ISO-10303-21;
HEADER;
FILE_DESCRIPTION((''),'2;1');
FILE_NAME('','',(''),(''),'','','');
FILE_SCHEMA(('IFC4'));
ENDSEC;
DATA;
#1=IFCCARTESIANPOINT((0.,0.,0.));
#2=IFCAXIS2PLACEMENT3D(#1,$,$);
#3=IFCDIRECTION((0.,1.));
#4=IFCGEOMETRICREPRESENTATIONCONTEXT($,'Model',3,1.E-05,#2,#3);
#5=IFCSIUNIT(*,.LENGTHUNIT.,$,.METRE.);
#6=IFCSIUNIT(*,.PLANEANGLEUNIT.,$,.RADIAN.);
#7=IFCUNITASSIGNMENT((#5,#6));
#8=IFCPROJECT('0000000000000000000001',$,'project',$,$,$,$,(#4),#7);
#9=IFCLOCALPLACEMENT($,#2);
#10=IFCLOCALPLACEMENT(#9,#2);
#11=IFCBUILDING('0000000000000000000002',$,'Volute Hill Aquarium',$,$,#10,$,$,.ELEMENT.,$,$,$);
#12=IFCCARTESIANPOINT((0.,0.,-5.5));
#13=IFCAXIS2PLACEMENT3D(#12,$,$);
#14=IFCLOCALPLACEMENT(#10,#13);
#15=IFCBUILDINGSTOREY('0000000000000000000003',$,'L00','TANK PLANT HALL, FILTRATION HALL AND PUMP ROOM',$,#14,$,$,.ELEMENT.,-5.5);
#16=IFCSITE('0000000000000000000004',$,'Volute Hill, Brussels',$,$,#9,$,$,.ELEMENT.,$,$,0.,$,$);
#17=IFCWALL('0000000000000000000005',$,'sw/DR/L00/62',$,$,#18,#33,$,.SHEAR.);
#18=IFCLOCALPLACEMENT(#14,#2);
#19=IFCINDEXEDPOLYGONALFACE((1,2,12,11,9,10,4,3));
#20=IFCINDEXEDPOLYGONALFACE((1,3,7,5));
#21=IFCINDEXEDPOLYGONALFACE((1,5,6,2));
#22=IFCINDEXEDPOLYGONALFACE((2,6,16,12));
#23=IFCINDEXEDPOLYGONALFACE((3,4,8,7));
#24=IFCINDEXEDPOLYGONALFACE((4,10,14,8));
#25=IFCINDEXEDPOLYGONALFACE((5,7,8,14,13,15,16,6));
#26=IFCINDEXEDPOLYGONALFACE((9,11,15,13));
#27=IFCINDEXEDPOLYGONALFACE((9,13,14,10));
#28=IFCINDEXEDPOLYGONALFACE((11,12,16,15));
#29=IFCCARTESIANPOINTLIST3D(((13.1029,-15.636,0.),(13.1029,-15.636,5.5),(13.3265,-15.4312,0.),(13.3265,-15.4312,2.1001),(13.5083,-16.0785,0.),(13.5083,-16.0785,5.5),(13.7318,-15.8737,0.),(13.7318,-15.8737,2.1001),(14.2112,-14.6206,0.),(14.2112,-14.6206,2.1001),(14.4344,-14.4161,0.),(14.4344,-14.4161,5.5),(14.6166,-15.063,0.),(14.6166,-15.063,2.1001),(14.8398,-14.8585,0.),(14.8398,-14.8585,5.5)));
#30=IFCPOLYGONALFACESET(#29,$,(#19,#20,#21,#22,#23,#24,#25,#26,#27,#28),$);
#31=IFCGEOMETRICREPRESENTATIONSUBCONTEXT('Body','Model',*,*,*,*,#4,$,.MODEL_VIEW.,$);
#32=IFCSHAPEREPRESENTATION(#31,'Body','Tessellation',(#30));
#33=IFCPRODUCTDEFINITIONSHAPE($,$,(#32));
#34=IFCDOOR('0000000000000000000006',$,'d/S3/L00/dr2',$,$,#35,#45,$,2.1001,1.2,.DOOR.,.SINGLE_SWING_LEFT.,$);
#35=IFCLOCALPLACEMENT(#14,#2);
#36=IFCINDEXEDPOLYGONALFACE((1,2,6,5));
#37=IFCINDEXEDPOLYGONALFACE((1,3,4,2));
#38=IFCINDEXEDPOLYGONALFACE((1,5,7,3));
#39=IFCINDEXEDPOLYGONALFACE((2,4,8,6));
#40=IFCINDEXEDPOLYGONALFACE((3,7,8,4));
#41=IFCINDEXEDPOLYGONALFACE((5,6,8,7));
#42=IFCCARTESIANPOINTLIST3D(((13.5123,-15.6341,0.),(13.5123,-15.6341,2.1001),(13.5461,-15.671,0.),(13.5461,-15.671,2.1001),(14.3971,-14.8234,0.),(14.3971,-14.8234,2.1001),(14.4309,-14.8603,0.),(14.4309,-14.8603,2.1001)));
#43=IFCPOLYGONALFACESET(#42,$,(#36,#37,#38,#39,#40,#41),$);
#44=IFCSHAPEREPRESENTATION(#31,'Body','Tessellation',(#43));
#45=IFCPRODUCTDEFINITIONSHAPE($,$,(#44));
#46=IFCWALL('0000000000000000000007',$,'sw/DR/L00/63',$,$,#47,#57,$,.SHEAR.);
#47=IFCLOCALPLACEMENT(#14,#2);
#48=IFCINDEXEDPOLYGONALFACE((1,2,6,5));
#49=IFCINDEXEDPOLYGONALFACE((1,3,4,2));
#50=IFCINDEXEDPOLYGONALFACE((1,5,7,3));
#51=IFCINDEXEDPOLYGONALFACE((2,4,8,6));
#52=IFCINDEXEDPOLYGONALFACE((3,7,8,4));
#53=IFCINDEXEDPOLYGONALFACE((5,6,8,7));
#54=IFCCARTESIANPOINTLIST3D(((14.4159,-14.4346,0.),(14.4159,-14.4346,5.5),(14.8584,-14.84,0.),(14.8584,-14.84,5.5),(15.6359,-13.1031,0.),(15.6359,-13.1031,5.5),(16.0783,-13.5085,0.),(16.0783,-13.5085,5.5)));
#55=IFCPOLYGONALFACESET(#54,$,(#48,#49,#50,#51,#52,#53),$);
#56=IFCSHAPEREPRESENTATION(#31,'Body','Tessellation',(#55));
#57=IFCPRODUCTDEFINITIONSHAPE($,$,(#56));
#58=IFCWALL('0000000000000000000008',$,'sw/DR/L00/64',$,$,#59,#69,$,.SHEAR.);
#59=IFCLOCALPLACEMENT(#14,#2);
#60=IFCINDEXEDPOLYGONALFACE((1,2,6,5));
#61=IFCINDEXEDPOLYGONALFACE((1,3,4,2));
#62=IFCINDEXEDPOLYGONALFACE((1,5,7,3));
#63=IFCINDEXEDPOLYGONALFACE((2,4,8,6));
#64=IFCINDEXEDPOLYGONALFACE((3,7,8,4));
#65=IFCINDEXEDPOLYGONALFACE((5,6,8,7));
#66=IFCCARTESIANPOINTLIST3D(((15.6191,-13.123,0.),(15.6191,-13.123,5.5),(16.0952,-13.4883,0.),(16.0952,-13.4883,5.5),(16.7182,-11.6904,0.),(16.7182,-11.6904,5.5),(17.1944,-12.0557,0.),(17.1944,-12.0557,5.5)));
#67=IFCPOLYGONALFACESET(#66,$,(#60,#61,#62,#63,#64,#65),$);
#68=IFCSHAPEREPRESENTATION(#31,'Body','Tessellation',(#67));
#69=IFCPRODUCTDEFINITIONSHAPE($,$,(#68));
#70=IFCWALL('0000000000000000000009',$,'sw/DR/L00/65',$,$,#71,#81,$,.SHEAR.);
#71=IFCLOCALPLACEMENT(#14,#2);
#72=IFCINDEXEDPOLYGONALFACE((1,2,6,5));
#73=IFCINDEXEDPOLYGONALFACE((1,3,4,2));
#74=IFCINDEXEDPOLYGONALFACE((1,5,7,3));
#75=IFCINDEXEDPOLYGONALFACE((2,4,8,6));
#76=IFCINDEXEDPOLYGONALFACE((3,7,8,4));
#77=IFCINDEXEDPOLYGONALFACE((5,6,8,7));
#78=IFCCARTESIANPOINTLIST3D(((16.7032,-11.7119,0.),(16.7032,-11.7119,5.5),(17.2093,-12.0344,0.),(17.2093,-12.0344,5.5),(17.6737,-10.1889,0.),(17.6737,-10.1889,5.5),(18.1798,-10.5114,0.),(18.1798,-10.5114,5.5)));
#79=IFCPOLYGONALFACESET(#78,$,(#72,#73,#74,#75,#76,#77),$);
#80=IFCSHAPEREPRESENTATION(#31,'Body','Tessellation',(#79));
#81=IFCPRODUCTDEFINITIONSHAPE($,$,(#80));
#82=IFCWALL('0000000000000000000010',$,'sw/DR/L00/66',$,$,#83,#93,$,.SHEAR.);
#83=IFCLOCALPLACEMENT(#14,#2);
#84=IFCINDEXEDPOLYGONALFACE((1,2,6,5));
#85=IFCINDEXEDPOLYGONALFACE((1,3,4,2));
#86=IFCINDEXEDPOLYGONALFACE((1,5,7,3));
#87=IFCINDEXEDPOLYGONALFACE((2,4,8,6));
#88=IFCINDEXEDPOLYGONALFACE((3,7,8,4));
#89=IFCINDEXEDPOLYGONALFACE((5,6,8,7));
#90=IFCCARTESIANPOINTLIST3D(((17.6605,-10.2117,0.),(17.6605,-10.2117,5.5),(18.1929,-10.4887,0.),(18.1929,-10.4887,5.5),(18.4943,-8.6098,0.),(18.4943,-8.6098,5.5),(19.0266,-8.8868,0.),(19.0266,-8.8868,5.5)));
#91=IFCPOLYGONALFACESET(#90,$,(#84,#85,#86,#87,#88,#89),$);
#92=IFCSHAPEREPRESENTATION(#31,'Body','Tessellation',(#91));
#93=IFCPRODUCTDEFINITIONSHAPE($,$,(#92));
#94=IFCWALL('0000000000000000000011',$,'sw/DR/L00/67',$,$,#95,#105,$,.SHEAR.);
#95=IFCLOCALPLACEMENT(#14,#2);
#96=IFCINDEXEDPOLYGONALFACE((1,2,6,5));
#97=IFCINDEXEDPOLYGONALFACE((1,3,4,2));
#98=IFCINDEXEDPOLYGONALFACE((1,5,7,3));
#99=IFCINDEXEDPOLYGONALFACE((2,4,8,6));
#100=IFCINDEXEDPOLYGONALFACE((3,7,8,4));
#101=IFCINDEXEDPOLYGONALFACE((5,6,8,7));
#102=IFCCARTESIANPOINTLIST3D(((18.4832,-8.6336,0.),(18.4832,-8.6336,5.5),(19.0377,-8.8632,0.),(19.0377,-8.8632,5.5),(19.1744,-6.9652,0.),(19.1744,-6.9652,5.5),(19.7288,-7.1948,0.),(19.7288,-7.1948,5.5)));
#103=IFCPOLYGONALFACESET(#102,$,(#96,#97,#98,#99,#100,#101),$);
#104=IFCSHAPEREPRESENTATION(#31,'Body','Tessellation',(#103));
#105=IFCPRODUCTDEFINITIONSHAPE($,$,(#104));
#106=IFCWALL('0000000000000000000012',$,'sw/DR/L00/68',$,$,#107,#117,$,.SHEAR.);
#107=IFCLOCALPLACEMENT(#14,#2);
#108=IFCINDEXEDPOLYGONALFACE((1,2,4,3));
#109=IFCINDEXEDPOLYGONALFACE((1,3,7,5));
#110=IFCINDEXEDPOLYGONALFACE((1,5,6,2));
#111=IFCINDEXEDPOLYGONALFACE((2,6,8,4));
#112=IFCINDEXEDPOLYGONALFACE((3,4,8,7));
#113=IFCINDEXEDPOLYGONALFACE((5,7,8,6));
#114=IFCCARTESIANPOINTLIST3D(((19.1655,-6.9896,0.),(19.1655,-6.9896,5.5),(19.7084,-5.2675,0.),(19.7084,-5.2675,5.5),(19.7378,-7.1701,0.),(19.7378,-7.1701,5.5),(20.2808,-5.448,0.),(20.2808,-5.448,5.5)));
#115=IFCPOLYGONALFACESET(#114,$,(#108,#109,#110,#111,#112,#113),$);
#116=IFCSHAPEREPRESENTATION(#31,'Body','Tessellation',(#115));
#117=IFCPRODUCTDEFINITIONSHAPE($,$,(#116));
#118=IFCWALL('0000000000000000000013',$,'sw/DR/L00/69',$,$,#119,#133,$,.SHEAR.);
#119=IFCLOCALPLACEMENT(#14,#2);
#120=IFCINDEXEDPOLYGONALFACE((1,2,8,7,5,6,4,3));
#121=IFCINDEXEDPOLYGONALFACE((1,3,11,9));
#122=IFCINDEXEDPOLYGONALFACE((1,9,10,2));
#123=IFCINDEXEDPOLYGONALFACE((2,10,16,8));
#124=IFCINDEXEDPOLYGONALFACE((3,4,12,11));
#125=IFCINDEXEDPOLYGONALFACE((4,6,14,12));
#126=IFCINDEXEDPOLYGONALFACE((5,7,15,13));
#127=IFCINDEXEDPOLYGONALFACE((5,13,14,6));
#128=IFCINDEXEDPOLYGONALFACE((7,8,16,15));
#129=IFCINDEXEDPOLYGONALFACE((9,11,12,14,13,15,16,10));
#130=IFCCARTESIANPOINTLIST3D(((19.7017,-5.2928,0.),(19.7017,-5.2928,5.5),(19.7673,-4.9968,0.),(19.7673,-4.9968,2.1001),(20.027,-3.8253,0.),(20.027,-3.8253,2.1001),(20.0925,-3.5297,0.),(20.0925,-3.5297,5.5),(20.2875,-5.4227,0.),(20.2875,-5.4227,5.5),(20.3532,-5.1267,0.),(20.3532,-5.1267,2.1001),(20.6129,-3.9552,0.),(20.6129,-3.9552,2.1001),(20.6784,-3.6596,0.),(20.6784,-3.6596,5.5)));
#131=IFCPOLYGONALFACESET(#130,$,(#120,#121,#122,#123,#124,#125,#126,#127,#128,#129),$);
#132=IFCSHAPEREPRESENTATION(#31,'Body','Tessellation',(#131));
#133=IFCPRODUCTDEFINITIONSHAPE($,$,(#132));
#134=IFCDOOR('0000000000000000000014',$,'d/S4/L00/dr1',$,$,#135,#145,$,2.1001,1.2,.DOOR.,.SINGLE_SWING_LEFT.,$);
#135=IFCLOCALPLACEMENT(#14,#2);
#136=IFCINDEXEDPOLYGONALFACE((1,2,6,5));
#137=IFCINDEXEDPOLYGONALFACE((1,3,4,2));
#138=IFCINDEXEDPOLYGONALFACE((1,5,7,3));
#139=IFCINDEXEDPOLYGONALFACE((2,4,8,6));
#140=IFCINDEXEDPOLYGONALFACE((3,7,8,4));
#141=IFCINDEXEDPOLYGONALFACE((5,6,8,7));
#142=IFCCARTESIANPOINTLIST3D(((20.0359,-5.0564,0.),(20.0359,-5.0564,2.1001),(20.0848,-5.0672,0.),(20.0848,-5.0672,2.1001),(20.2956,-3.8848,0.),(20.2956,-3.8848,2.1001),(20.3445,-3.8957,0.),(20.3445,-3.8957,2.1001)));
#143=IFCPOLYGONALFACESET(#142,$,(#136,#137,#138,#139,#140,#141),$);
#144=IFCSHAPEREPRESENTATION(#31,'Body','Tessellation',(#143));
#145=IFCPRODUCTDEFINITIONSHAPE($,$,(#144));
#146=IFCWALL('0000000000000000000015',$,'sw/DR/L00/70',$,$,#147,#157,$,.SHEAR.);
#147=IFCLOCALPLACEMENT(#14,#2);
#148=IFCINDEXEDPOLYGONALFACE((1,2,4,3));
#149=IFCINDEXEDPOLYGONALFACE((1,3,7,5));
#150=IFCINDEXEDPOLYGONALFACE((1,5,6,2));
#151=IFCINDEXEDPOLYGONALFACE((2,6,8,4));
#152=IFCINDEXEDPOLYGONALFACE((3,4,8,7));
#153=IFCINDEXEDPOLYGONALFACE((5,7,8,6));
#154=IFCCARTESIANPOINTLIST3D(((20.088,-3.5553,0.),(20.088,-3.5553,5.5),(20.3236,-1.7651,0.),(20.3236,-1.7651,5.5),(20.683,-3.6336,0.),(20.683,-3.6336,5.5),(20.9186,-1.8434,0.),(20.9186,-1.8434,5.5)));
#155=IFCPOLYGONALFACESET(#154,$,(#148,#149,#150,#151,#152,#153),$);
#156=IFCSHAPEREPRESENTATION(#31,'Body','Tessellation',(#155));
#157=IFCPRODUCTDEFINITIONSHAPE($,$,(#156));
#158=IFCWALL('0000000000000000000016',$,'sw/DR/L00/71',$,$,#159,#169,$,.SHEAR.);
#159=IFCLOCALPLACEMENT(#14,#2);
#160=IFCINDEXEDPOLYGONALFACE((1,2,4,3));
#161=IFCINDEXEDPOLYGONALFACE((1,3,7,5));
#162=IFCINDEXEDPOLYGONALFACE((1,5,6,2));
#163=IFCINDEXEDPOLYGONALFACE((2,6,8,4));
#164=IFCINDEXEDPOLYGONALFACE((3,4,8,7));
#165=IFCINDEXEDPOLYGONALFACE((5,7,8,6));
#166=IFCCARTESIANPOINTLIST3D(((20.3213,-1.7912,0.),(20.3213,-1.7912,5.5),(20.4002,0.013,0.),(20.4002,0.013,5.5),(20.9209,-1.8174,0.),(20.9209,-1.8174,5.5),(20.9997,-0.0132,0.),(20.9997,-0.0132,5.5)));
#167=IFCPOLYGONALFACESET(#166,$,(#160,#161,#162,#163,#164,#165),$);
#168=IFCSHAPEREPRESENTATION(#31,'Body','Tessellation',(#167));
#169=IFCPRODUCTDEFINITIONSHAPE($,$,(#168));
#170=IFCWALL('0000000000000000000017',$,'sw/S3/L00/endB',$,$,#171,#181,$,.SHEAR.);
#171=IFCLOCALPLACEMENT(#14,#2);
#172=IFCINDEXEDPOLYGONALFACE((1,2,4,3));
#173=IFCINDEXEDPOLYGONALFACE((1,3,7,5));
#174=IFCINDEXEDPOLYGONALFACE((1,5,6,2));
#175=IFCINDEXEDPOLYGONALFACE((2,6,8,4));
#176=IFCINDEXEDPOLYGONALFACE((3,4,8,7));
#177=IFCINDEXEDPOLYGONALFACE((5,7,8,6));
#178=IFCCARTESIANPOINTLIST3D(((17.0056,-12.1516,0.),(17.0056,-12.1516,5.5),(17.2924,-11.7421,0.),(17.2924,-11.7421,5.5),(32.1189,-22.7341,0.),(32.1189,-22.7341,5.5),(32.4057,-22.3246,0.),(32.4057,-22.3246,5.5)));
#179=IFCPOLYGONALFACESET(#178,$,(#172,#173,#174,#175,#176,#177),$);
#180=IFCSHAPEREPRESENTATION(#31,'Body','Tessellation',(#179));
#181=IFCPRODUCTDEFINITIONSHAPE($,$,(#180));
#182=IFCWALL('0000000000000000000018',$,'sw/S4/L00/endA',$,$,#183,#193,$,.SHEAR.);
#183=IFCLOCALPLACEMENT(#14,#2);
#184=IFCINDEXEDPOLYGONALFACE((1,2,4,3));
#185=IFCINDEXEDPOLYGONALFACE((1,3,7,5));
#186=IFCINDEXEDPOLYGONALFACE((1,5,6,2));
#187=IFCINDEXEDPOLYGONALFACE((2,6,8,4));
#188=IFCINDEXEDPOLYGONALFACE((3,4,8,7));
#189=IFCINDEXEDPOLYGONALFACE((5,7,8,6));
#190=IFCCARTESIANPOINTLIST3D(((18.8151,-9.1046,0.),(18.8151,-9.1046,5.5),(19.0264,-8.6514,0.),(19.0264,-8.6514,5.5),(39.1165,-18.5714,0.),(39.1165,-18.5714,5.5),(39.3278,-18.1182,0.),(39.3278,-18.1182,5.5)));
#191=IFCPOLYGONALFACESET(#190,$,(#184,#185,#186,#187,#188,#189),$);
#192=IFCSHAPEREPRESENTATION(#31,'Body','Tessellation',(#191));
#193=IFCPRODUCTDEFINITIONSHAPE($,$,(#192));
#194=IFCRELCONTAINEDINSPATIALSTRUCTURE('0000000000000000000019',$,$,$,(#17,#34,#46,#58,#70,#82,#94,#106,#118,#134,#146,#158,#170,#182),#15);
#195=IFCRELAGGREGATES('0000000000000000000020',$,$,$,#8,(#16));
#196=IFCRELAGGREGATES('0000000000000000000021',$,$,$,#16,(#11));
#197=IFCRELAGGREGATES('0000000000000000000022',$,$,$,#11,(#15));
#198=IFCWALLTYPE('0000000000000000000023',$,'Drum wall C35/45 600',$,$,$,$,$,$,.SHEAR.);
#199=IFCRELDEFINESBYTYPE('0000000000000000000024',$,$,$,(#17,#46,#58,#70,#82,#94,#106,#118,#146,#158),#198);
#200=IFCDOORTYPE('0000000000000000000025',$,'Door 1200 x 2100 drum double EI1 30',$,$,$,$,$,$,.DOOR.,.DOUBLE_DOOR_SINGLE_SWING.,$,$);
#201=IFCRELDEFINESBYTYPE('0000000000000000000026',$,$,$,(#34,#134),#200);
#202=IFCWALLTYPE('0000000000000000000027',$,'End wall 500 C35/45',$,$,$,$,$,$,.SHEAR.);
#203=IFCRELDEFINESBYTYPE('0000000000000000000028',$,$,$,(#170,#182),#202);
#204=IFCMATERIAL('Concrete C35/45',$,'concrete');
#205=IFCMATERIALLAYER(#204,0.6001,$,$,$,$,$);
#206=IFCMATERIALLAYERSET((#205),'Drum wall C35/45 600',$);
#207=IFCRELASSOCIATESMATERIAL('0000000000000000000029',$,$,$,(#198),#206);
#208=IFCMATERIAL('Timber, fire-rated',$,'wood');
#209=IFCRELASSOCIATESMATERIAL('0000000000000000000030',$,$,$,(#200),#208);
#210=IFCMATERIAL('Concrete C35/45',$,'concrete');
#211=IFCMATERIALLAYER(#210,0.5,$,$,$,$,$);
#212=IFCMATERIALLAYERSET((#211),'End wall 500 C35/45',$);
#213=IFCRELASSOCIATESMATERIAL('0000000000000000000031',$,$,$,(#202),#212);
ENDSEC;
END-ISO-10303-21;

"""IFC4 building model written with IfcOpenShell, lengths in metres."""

from ifc_helpers import new_model, si_unit, direction, frame, frame_2d, origin, place, context, subcontext, project, spatial, rectangle, extrude, material, layer, layer_set, type_object, element, fill, save


model = new_model("IFC4")

# Units and contexts
model_context = context("Model", 3, precision=1e-05, world=origin(), true_north=direction((0.0, 1.0)))
body_context = subcontext(model_context, "Body", "Model", "MODEL_VIEW")
ifc_project = project(units=[si_unit("LENGTHUNIT", "METRE"), si_unit("PLANEANGLEUNIT", "RADIAN")], contexts=[model_context])

# Site, building, storey
site_placement = place(None, origin())
site = spatial("IfcSite", under=ifc_project, at=site_placement, Name="Volute Hill, Brussels", CompositionType="ELEMENT", RefElevation=0.0)
building_placement = place(site_placement, origin())
building = spatial("IfcBuilding", under=site, at=building_placement, Name="Volute Hill Aquarium", CompositionType="ELEMENT")
storey_placement = place(building_placement, frame((0.0, 0.0, -5.5)))
storey = spatial("IfcBuildingStorey", under=building, at=storey_placement, Name="L00", Description="TANK PLANT HALL, FILTRATION HALL AND PUMP ROOM", CompositionType="ELEMENT", Elevation=-5.5)

# Wall, opening, door
ifc_material_1 = material(Name="Concrete C35/45", Category="concrete")
ifc_layer_1 = layer(ifc_material_1, 0.6001)
ifc_layer_set_1 = layer_set([ifc_layer_1], Name="Drum wall C35/45 600")
wall_type_1 = type_object("IfcWallType", Name="Drum wall C35/45 600", PredefinedType="SHEAR", material=ifc_layer_set_1)
wall_1_placement = place(storey_placement, frame((13.3057, -15.8572, 0.0), z_axis=(0.0, 0.0, 1.0), x_axis=(0.737322, 0.675541, 0.0)))
wall_1 = element("IfcWall", 1, at=wall_1_placement, inside=storey, type_object=wall_type_1, Name="sw/DR/L00/62", PredefinedType="SHEAR", context=body_context, shape_type="SweptSolid", body=[
    extrude(rectangle(XDim=1.8059, YDim=0.6001, at=frame_2d((0.9028, 0.0))), origin(), (0.0, 0.0, 1.0), 5.5),
])
opening_1_placement = place(wall_1_placement, frame((0.303, 0.0, 0.0)))
opening_1 = element("IfcOpeningElement", 2, at=opening_1_placement, cuts=wall_1, PredefinedType="OPENING", context=body_context, shape_type="SweptSolid", body=[
    extrude(rectangle(XDim=1.2, YDim=2.1001, at=frame_2d((0.6001, 1.05))), frame((0.0, 0.3101, 0.0), z_axis=(0.0, -1.0, 0.0), x_axis=(1.0, 0.0, 0.0)), (0.0, 0.0, 1.0), 0.6201),
])
ifc_material_2 = material(Name="Timber, fire-rated", Category="wood")
door_type_1 = type_object("IfcDoorType", Name="Door 1200 x 2100 drum double EI1 30", OperationType="DOUBLE_DOOR_SINGLE_SWING", PredefinedType="DOOR", material=ifc_material_2)
door_1_placement = place(opening_1_placement, origin())
door_1 = element("IfcDoor", 3, at=door_1_placement, inside=storey, type_object=door_type_1, Name="d/S3/L00/dr2", OperationType="SINGLE_SWING_LEFT", OverallHeight=2.1001, OverallWidth=1.2, PredefinedType="DOOR", context=body_context, shape_type="SweptSolid", body=[
    extrude(rectangle(XDim=1.2, YDim=2.1001, at=frame_2d((0.6001, 1.05))), frame((0.0, 0.0249, 0.0), z_axis=(0.0, -1.0, 0.0), x_axis=(1.0, 0.0, 0.0)), (0.0, 0.0, 1.0), 0.05),
])
fill(opening_1, door_1)

# Walls
wall_2_placement = place(storey_placement, frame((14.6372, -14.6372, 0.0), z_axis=(0.0, 0.0, 1.0), x_axis=(0.675541, 0.737322, 0.0)))
element("IfcWall", 4, at=wall_2_placement, inside=storey, type_object=wall_type_1, Name="sw/DR/L00/63", PredefinedType="SHEAR", context=body_context, shape_type="SweptSolid", body=[
    extrude(rectangle(XDim=1.8059, YDim=0.6001, at=frame_2d((0.9028, 0.0))), origin(), (0.0, 0.0, 1.0), 5.5),
])
wall_3_placement = place(storey_placement, frame((15.8572, -13.3057, 0.0), z_axis=(0.0, 0.0, 1.0), x_axis=(0.608704, 0.793397, 0.0)))
element("IfcWall", 5, at=wall_3_placement, inside=storey, type_object=wall_type_1, Name="sw/DR/L00/64", PredefinedType="SHEAR", context=body_context, shape_type="SweptSolid", body=[
    extrude(rectangle(XDim=1.8057, YDim=0.6001, at=frame_2d((0.9028, 0.0))), origin(), (0.0, 0.0, 1.0), 5.5),
])
for number, where, z_axis, x_axis, name in (
    (6, (16.9563, -11.873, 0.0), (0.0, 0.0, 1.0), (0.537392, 0.843333, 0.0), "sw/DR/L00/65"),
    (7, (17.9268, -10.3501, 0.0), (0.0, 0.0, 1.0), (0.461702, 0.887035, 0.0), "sw/DR/L00/66"),
    (8, (18.7605, -8.7483, 0.0), (0.0, 0.0, 1.0), (0.382714, 0.923867, 0.0), "sw/DR/L00/67"),
):
    element("IfcWall", number, at=place(storey_placement, frame(where, z_axis=z_axis, x_axis=x_axis)), inside=storey, type_object=wall_type_1, Name=name, PredefinedType="SHEAR", context=body_context, shape_type="SweptSolid", body=[
        extrude(rectangle(XDim=1.8059, YDim=0.6001, at=frame_2d((0.9028, 0.0))), origin(), (0.0, 0.0, 1.0), 5.5),
    ])
wall_4_placement = place(storey_placement, frame((19.4517, -7.0798, 0.0), z_axis=(0.0, 0.0, 1.0), x_axis=(0.300691, 0.953722, 0.0)))
element("IfcWall", 9, at=wall_4_placement, inside=storey, type_object=wall_type_1, Name="sw/DR/L00/68", PredefinedType="SHEAR", context=body_context, shape_type="SweptSolid", body=[
    extrude(rectangle(XDim=1.8057, YDim=0.6001, at=frame_2d((0.9028, 0.0))), origin(), (0.0, 0.0, 1.0), 5.5),
])

# Wall, opening, door
wall_5_placement = place(storey_placement, frame((19.9946, -5.3577, 0.0), z_axis=(0.0, 0.0, 1.0), x_axis=(0.216429, 0.976298, 0.0)))
wall_5 = element("IfcWall", 10, at=wall_5_placement, inside=storey, type_object=wall_type_1, Name="sw/DR/L00/69", PredefinedType="SHEAR", context=body_context, shape_type="SweptSolid", body=[
    extrude(rectangle(XDim=1.8059, YDim=0.6001, at=frame_2d((0.9028, 0.0))), origin(), (0.0, 0.0, 1.0), 5.5),
])
opening_2_placement = place(wall_5_placement, frame((0.303, 0.0, 0.0)))
opening_2 = element("IfcOpeningElement", 11, at=opening_2_placement, cuts=wall_5, PredefinedType="OPENING", context=body_context, shape_type="SweptSolid", body=[
    extrude(rectangle(XDim=1.2, YDim=2.1001, at=frame_2d((0.6001, 1.05))), frame((0.0, 0.3101, 0.0), z_axis=(0.0, -1.0, 0.0), x_axis=(1.0, 0.0, 0.0)), (0.0, 0.0, 1.0), 0.6201),
])
door_2_placement = place(opening_2_placement, origin())
door_2 = element("IfcDoor", 12, at=door_2_placement, inside=storey, type_object=door_type_1, Name="d/S4/L00/dr1", OperationType="SINGLE_SWING_LEFT", OverallHeight=2.1001, OverallWidth=1.2, PredefinedType="DOOR", context=body_context, shape_type="SweptSolid", body=[
    extrude(rectangle(XDim=1.2, YDim=2.1001, at=frame_2d((0.6001, 1.05))), frame((0.0, 0.0249, 0.0), z_axis=(0.0, -1.0, 0.0), x_axis=(1.0, 0.0, 0.0)), (0.0, 0.0, 1.0), 0.05),
])
fill(opening_2, door_2)

# Walls
wall_6_placement = place(storey_placement, frame((20.3855, -3.5945, 0.0), z_axis=(0.0, 0.0, 1.0), x_axis=(0.130472, 0.991452, 0.0)))
element("IfcWall", 13, at=wall_6_placement, inside=storey, type_object=wall_type_1, Name="sw/DR/L00/70", PredefinedType="SHEAR", context=body_context, shape_type="SweptSolid", body=[
    extrude(rectangle(XDim=1.8057, YDim=0.6001, at=frame_2d((0.9028, 0.0))), origin(), (0.0, 0.0, 1.0), 5.5),
])
wall_7_placement = place(storey_placement, frame((20.6211, -1.8042, 0.0), z_axis=(0.0, 0.0, 1.0), x_axis=(0.043666, 0.999046, 0.0)))
element("IfcWall", 14, at=wall_7_placement, inside=storey, type_object=wall_type_1, Name="sw/DR/L00/71", PredefinedType="SHEAR", context=body_context, shape_type="SweptSolid", body=[
    extrude(rectangle(XDim=1.8059, YDim=0.6001, at=frame_2d((0.9028, 0.0))), origin(), (0.0, 0.0, 1.0), 5.5),
])
ifc_material_3 = material(Name="Concrete C35/45", Category="concrete")
ifc_layer_2 = layer(ifc_material_3, 0.5)
ifc_layer_set_2 = layer_set([ifc_layer_2], Name="End wall 500 C35/45")
wall_type_2 = type_object("IfcWallType", Name="End wall 500 C35/45", PredefinedType="SHEAR", material=ifc_layer_set_2)
wall_8_placement = place(storey_placement, frame((17.1489, -11.9468, 0.0), z_axis=(0.0, 0.0, 1.0), x_axis=(0.81915, -0.57358, 0.0)))
element("IfcWall", 15, at=wall_8_placement, inside=storey, type_object=wall_type_2, Name="sw/S3/L00/endB", PredefinedType="SHEAR", context=body_context, shape_type="SweptSolid", body=[
    extrude(rectangle(XDim=18.45, YDim=0.5, at=frame_2d((9.2251, 0.0))), origin(), (0.0, 0.0, 1.0), 5.5),
])
wall_9_placement = place(storey_placement, frame((18.9207, -8.8779, 0.0), z_axis=(0.0, 0.0, 1.0), x_axis=(0.906305, -0.422624, 0.0)))
element("IfcWall", 16, at=wall_9_placement, inside=storey, type_object=wall_type_2, Name="sw/S4/L00/endA", PredefinedType="SHEAR", context=body_context, shape_type="SweptSolid", body=[
    extrude(rectangle(XDim=22.4001, YDim=0.5, at=frame_2d((11.2002, 0.0))), origin(), (0.0, 0.0, 1.0), 5.5),
])

save(model, "model.ifc")
